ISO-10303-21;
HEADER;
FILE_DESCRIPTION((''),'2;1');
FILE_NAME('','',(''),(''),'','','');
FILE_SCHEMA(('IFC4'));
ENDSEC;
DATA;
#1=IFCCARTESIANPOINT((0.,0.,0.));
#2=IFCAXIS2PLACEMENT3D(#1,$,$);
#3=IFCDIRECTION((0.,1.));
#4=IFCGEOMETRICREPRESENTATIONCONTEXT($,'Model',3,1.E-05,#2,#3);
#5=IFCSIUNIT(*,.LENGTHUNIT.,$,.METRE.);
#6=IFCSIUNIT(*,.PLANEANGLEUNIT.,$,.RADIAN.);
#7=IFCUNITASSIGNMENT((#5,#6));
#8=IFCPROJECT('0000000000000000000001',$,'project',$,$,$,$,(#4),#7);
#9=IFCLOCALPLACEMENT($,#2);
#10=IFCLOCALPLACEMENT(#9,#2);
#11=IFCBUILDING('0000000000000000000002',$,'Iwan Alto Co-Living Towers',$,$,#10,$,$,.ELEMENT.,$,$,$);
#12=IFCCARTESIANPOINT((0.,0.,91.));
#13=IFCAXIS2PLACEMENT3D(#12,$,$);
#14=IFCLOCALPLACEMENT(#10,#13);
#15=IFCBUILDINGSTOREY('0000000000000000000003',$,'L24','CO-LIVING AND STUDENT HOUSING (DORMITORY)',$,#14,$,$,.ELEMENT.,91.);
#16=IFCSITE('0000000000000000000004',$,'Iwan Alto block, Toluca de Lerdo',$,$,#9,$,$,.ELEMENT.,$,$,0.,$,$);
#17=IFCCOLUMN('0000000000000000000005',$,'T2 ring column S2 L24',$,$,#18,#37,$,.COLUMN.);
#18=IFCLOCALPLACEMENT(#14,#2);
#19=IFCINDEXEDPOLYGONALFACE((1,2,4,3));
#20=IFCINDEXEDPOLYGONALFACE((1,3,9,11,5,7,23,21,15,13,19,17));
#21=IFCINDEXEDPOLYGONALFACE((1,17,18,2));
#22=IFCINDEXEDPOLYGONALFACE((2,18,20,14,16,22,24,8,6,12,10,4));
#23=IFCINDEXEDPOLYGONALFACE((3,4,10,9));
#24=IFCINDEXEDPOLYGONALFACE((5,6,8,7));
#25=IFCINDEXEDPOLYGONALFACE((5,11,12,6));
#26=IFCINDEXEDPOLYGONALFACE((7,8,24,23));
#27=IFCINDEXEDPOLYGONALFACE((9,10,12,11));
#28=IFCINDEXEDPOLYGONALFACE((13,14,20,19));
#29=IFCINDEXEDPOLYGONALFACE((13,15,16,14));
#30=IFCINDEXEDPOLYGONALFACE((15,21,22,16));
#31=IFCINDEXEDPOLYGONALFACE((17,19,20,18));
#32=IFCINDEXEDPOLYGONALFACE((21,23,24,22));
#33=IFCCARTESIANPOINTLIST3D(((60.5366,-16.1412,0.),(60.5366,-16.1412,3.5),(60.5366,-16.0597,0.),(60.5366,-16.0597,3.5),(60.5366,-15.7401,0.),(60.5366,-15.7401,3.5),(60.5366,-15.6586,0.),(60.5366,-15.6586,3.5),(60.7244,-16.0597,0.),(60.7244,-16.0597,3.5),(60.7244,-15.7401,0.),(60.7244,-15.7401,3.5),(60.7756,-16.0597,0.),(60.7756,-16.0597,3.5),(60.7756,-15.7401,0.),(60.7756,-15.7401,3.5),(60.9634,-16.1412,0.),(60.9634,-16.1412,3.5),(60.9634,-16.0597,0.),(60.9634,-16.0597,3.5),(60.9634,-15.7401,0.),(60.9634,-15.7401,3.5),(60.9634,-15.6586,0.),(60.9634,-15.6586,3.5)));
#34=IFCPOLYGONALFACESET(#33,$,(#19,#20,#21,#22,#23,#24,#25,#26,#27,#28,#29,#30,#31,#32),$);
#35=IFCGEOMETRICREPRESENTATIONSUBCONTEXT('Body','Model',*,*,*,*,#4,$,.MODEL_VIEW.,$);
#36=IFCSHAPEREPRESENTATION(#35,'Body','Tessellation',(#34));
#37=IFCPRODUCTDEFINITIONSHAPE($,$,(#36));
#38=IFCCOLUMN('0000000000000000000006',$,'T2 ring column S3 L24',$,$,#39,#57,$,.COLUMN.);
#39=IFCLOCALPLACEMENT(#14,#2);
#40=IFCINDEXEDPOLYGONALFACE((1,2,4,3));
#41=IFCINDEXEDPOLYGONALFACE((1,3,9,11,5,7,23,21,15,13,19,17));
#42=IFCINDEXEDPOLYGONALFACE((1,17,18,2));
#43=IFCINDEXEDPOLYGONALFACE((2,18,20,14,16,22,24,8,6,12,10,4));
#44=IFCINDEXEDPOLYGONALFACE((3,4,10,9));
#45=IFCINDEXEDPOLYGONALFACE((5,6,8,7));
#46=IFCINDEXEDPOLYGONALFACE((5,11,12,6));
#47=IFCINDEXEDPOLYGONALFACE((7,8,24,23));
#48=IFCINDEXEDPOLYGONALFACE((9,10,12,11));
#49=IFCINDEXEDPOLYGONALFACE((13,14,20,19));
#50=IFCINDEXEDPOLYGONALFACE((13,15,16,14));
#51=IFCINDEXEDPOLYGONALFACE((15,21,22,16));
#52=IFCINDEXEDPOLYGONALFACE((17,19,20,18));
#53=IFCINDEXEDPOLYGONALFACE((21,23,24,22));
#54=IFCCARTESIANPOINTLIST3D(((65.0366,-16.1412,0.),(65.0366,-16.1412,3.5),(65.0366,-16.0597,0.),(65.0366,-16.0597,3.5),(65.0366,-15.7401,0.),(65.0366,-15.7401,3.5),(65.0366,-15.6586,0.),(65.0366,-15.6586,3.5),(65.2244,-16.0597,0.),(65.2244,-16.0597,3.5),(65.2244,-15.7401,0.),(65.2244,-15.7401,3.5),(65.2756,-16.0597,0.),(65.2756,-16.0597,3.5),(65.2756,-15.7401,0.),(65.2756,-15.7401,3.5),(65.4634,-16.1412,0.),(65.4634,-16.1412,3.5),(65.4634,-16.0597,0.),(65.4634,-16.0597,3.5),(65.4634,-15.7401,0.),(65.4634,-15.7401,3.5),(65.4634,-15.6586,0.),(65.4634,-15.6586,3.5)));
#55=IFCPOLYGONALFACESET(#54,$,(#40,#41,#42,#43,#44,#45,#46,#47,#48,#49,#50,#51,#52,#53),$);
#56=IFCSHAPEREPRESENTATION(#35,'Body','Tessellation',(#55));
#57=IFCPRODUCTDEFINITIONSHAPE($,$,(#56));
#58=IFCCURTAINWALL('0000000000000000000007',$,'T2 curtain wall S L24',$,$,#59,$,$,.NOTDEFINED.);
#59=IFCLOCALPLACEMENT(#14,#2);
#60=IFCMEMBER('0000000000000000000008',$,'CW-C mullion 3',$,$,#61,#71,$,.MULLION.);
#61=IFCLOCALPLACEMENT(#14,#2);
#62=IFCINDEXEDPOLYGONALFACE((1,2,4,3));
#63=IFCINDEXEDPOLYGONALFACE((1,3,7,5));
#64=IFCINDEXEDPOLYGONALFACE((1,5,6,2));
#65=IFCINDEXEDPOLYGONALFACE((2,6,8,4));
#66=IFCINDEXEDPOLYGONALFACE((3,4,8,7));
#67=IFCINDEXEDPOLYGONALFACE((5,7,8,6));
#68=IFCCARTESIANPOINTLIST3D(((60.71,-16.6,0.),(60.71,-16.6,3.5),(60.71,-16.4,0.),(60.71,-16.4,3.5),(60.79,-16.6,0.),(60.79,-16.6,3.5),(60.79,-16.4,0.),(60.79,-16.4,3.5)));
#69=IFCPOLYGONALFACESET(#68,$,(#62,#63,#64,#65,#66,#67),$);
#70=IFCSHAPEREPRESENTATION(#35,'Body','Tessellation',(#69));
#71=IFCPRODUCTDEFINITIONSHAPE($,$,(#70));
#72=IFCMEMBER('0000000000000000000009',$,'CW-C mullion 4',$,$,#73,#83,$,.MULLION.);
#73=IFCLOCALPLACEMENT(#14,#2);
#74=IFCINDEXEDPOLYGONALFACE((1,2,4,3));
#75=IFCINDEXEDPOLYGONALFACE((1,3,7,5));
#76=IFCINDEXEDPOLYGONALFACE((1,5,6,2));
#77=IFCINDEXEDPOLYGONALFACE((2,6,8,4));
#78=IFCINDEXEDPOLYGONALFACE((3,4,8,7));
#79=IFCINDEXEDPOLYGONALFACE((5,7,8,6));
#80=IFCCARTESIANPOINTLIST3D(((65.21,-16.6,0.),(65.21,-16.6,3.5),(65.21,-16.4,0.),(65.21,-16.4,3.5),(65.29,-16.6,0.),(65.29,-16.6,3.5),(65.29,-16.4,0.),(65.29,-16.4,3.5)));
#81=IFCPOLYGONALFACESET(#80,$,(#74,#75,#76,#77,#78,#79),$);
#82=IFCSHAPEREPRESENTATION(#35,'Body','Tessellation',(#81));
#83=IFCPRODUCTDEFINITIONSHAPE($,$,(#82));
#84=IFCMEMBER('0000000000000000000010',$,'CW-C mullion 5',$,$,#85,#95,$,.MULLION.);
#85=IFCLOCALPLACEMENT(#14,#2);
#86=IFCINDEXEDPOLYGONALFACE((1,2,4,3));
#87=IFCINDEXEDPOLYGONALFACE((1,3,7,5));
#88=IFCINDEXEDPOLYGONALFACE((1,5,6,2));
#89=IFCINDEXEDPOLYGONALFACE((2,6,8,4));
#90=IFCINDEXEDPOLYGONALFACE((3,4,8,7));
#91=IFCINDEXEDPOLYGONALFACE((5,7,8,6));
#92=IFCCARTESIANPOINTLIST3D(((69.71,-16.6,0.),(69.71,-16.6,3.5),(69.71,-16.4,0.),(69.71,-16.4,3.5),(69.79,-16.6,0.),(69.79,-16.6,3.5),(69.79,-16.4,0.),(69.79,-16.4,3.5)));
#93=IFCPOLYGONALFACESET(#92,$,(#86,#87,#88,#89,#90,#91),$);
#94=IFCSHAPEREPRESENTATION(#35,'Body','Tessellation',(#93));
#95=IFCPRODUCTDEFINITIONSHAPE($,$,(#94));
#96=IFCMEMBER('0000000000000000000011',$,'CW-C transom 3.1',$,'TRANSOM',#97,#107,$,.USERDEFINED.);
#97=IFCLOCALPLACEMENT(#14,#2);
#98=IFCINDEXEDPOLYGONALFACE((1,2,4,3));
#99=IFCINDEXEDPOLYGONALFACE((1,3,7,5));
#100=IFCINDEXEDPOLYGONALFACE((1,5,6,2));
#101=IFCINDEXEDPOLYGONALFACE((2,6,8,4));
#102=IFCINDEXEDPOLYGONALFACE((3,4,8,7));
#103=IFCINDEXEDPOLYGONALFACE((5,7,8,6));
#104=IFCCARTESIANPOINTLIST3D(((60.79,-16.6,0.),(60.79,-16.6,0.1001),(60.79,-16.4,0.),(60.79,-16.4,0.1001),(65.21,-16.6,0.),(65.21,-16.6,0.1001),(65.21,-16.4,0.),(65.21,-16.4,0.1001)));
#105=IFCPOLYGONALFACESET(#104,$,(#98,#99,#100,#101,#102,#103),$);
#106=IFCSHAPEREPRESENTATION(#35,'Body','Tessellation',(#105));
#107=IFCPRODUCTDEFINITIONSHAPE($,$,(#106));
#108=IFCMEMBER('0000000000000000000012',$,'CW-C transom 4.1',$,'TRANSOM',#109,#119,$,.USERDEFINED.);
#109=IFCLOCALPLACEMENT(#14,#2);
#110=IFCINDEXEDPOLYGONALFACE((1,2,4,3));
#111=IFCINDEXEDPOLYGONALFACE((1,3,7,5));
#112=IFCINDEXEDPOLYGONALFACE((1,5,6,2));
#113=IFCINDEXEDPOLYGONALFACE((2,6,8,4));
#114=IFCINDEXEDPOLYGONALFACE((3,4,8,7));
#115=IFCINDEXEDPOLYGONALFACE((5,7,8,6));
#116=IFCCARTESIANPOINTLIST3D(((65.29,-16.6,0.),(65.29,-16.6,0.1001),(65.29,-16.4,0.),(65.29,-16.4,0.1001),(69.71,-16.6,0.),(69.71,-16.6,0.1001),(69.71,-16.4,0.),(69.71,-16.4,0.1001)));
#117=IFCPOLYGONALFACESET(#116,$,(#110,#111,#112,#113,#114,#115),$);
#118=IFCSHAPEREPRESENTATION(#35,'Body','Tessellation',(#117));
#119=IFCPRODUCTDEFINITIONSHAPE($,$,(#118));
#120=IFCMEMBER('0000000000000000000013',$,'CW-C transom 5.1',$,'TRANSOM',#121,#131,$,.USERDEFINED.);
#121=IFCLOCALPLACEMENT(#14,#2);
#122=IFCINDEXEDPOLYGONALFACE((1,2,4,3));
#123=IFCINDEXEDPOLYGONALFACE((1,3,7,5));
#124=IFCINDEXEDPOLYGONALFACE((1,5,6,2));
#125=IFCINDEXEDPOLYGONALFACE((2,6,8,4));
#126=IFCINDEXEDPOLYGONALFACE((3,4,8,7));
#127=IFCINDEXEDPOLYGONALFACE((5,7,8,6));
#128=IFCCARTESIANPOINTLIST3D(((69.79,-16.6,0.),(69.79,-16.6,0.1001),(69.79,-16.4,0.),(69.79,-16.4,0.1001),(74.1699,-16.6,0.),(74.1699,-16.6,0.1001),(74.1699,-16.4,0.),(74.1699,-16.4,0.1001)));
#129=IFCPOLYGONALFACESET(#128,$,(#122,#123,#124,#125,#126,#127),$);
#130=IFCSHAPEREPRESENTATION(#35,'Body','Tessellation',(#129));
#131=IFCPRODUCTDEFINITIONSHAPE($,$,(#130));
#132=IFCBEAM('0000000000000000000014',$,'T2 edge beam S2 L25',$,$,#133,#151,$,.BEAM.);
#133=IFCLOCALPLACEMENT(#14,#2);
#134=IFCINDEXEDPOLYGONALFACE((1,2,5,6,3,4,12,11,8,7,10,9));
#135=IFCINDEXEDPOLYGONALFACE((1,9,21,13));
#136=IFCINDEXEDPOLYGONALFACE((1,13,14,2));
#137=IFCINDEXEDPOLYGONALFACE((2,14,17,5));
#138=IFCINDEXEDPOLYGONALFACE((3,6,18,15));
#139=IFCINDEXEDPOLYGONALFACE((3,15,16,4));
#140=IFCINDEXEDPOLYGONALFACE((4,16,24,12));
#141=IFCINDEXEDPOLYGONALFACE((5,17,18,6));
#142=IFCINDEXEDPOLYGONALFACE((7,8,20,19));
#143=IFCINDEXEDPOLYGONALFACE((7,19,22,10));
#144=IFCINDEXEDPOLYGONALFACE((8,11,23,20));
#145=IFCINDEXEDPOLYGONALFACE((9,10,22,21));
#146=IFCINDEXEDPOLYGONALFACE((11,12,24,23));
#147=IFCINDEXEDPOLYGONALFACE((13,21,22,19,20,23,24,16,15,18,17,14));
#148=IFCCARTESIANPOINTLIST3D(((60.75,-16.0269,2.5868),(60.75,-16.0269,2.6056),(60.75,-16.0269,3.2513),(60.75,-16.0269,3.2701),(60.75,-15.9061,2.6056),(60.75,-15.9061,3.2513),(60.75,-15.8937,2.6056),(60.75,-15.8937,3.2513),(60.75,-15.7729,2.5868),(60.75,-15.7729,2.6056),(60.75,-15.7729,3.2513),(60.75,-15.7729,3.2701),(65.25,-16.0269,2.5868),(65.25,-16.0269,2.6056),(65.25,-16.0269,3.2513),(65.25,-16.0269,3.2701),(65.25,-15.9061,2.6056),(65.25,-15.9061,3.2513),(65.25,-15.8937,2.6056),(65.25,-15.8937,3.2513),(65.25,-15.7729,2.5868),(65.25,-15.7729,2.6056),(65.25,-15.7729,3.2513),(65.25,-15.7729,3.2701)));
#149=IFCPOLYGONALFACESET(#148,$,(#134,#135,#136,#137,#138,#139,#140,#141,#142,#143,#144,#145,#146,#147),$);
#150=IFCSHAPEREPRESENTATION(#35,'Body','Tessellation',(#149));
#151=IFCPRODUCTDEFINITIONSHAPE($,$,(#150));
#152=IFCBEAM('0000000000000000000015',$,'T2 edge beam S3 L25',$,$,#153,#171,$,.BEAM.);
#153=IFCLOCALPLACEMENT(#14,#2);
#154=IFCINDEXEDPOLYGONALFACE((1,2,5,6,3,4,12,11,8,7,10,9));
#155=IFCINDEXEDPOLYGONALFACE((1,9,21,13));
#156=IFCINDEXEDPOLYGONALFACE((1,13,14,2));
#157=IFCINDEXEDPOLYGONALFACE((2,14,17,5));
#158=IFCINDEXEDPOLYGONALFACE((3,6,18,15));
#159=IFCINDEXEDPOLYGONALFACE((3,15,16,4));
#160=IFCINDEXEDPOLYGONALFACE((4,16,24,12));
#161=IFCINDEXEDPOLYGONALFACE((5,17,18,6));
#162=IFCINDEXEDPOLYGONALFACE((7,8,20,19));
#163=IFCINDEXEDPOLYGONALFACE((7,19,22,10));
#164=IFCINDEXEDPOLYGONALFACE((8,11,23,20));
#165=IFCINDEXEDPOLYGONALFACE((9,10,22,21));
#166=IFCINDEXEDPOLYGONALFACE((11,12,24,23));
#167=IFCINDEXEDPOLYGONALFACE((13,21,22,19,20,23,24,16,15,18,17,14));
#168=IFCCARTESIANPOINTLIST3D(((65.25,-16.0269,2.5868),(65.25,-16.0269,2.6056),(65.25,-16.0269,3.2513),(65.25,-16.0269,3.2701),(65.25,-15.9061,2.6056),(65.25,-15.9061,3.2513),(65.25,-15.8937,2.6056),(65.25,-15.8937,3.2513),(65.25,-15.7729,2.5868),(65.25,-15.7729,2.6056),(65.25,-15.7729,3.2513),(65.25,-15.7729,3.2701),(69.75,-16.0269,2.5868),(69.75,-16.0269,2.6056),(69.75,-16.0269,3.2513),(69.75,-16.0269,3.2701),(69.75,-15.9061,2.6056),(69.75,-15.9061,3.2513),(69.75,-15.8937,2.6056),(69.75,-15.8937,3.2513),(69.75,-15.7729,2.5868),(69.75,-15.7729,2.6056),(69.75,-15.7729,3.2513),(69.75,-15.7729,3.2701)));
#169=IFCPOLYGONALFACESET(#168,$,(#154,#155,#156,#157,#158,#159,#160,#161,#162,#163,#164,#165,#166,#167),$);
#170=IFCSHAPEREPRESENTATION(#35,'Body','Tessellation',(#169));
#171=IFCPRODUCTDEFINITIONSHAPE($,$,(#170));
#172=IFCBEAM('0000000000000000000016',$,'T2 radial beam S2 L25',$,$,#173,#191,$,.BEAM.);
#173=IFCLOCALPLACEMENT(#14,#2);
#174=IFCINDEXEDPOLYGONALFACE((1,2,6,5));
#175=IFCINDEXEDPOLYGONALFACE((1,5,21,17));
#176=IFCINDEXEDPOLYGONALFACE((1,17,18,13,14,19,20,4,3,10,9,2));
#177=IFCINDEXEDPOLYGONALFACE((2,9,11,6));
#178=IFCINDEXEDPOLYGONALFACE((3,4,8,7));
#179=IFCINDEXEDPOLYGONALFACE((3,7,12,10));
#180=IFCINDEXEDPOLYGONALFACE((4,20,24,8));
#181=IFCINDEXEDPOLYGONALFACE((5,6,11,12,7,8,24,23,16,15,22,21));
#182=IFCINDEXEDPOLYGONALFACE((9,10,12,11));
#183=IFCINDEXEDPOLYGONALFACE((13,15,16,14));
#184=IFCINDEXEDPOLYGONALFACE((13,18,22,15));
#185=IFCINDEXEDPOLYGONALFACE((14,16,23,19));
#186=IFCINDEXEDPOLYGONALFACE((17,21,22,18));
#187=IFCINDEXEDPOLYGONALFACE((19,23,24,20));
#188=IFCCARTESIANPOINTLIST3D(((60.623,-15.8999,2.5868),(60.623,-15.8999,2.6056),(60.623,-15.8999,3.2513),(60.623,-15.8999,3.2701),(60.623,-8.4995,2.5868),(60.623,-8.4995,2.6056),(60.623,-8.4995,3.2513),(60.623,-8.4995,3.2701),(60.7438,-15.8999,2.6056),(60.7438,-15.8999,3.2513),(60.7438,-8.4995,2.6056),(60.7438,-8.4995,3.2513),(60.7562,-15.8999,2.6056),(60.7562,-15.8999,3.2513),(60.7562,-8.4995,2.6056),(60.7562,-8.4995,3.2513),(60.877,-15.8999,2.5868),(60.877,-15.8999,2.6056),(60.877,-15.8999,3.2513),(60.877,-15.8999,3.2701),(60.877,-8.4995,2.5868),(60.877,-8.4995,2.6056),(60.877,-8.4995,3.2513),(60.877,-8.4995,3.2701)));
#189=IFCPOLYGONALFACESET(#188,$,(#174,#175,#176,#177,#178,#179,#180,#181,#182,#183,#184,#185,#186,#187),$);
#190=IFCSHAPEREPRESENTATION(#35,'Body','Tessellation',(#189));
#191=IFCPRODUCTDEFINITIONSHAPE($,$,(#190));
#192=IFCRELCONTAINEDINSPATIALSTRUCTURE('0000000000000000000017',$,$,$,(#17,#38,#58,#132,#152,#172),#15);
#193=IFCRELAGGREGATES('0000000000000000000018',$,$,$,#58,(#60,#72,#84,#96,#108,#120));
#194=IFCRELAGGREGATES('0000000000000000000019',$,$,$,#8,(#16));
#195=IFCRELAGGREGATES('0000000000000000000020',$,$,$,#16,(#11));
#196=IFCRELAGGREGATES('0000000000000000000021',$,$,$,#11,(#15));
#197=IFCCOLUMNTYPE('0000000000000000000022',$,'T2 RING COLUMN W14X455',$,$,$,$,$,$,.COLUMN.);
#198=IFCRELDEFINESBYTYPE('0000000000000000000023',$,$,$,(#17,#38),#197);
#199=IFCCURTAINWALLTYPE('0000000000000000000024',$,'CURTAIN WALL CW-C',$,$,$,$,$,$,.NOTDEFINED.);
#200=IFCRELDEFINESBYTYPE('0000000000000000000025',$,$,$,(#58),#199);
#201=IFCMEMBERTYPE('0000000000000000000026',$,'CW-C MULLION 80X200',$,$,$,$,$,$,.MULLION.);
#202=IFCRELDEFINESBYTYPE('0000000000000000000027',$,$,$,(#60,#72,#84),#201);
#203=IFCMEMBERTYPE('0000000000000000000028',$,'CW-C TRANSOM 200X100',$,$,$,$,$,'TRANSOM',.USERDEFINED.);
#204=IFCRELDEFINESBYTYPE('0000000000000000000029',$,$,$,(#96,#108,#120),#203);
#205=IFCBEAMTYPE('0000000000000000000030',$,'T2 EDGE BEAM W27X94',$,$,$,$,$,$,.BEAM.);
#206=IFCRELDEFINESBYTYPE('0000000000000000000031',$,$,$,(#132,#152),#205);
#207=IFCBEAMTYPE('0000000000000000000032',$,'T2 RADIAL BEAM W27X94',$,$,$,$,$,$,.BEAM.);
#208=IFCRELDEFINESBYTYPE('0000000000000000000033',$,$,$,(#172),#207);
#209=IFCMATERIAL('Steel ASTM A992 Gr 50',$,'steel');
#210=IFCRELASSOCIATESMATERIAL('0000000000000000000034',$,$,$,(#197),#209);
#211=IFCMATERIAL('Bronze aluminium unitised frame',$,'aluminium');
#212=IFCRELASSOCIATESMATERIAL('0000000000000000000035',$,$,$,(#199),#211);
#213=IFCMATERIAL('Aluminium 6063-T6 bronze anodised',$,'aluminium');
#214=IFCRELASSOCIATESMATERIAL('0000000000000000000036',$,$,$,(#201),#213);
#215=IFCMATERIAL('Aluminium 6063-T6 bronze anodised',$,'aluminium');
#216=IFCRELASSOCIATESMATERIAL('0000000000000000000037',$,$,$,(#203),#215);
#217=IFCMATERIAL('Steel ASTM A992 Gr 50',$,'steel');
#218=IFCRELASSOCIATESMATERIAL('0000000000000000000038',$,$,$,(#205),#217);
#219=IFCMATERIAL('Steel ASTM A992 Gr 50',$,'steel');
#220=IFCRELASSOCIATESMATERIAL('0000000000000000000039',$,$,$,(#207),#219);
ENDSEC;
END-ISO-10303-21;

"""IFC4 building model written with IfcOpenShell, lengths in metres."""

from ifc_helpers import new_model, si_unit, direction, frame, origin, origin_2d, place, context, subcontext, project, spatial, rectangle, i_section, extrude, material, material_profile, profile_set, type_object, element, aggregate, save


model = new_model("IFC4")

# Units and contexts
model_context = context("Model", 3, precision=1e-05, world=origin(), true_north=direction((0.0, 1.0)))
body_context = subcontext(model_context, "Body", "Model", "MODEL_VIEW")
ifc_project = project(units=[si_unit("LENGTHUNIT", "METRE"), si_unit("PLANEANGLEUNIT", "RADIAN")], contexts=[model_context])

# Site, building, storey
site_placement = place(None, origin())
site = spatial("IfcSite", under=ifc_project, at=site_placement, Name="Iwan Alto block, Toluca de Lerdo", CompositionType="ELEMENT", RefElevation=0.0)
building_placement = place(site_placement, origin())
building = spatial("IfcBuilding", under=site, at=building_placement, Name="Iwan Alto Co-Living Towers", CompositionType="ELEMENT")
storey_placement = place(building_placement, frame((0.0, 0.0, 91.0)))
storey = spatial("IfcBuildingStorey", under=building, at=storey_placement, Name="L24", Description="CO-LIVING AND STUDENT HOUSING (DORMITORY)", CompositionType="ELEMENT", Elevation=91.0)

# Columns
ifc_material_1 = material(Name="Steel ASTM A992 Gr 50", Category="steel")
ifc_material_profile_1 = material_profile(ifc_material_1, i_section(OverallWidth=0.4268, OverallDepth=0.4827, WebThickness=0.0513, FlangeThickness=0.0815, at=origin_2d()), Name="W14X455")
ifc_profile_set_1 = profile_set([ifc_material_profile_1], Name="Steel ASTM A992 Gr 50")
column_type = type_object("IfcColumnType", Name="T2 RING COLUMN W14X455", PredefinedType="COLUMN", material=ifc_profile_set_1)
for number, where, z_axis, x_axis, name in (
    (1, (60.75, -15.8999, 0.0), (0.0, 0.0, 1.0), (1.0, 0.0, 0.0), "T2 ring column S2 L24"),
    (2, (65.25, -15.8999, 0.0), (0.0, 0.0, 1.0), (1.0, 0.0, 0.0), "T2 ring column S3 L24"),
):
    element("IfcColumn", number, at=place(storey_placement, frame(where, z_axis=z_axis, x_axis=x_axis)), inside=storey, type_object=column_type, Name=name, PredefinedType="COLUMN", context=body_context, shape_type="SweptSolid", body=[
        extrude(i_section(OverallWidth=0.4268, OverallDepth=0.4827, WebThickness=0.0513, FlangeThickness=0.0815, at=origin_2d()), origin(), (0.0, 0.0, 1.0), 3.5),
    ])

# Curtain wall, members
ifc_material_2 = material(Name="Bronze aluminium unitised frame", Category="aluminium")
curtain_wall_type = type_object("IfcCurtainWallType", Name="CURTAIN WALL CW-C", PredefinedType="NOTDEFINED", material=ifc_material_2)
curtain_wall_placement = place(storey_placement, origin())
curtain_wall = element("IfcCurtainWall", 3, at=curtain_wall_placement, inside=storey, type_object=curtain_wall_type, Name="T2 curtain wall S L24", PredefinedType="NOTDEFINED")
ifc_material_3 = material(Name="Aluminium 6063-T6 bronze anodised", Category="aluminium")
ifc_material_profile_2 = material_profile(ifc_material_3, rectangle(XDim=0.2, YDim=0.0801, at=origin_2d()), Name="AL 80X200")
ifc_profile_set_2 = profile_set([ifc_material_profile_2], Name="Aluminium 6063-T6 bronze anodised")
member_type_1 = type_object("IfcMemberType", Name="CW-C MULLION 80X200", PredefinedType="MULLION", material=ifc_profile_set_2)
member_1_placement = place(storey_placement, frame((60.75, -16.5, 0.0), z_axis=(0.0, 0.0, 1.0), x_axis=(0.0, 1.0, 0.0)))
member_1 = element("IfcMember", 4, at=member_1_placement, type_object=member_type_1, Name="CW-C mullion 3", PredefinedType="MULLION", context=body_context, shape_type="SweptSolid", body=[
    extrude(rectangle(XDim=0.2, YDim=0.0801, at=origin_2d()), origin(), (0.0, 0.0, 1.0), 3.5),
])
member_2_placement = place(storey_placement, frame((65.25, -16.5, 0.0), z_axis=(0.0, 0.0, 1.0), x_axis=(0.0, 1.0, 0.0)))
member_2 = element("IfcMember", 5, at=member_2_placement, type_object=member_type_1, Name="CW-C mullion 4", PredefinedType="MULLION", context=body_context, shape_type="SweptSolid", body=[
    extrude(rectangle(XDim=0.2, YDim=0.0801, at=origin_2d()), origin(), (0.0, 0.0, 1.0), 3.5),
])
member_3_placement = place(storey_placement, frame((69.75, -16.5, 0.0), z_axis=(0.0, 0.0, 1.0), x_axis=(0.0, 1.0, 0.0)))
member_3 = element("IfcMember", 6, at=member_3_placement, type_object=member_type_1, Name="CW-C mullion 5", PredefinedType="MULLION", context=body_context, shape_type="SweptSolid", body=[
    extrude(rectangle(XDim=0.2, YDim=0.0801, at=origin_2d()), origin(), (0.0, 0.0, 1.0), 3.5),
])
ifc_material_4 = material(Name="Aluminium 6063-T6 bronze anodised", Category="aluminium")
ifc_material_profile_3 = material_profile(ifc_material_4, rectangle(XDim=0.2, YDim=0.1001, at=origin_2d()), Name="AL 200X100")
ifc_profile_set_3 = profile_set([ifc_material_profile_3], Name="Aluminium 6063-T6 bronze anodised")
member_type_2 = type_object("IfcMemberType", Name="CW-C TRANSOM 200X100", ElementType="TRANSOM", PredefinedType="USERDEFINED", material=ifc_profile_set_3)
member_4_placement = place(storey_placement, frame((60.79, -16.5, 0.05), z_axis=(1.0, 0.0, 0.0), x_axis=(0.0, 1.0, 0.0)))
member_4 = element("IfcMember", 7, at=member_4_placement, type_object=member_type_2, Name="CW-C transom 3.1", ObjectType="TRANSOM", PredefinedType="USERDEFINED", context=body_context, shape_type="SweptSolid", body=[
    extrude(rectangle(XDim=0.2, YDim=0.1001, at=origin_2d()), origin(), (0.0, 0.0, 1.0), 4.4199),
])
member_5_placement = place(storey_placement, frame((65.29, -16.5, 0.05), z_axis=(1.0, 0.0, 0.0), x_axis=(0.0, 1.0, 0.0)))
member_5 = element("IfcMember", 8, at=member_5_placement, type_object=member_type_2, Name="CW-C transom 4.1", ObjectType="TRANSOM", PredefinedType="USERDEFINED", context=body_context, shape_type="SweptSolid", body=[
    extrude(rectangle(XDim=0.2, YDim=0.1001, at=origin_2d()), origin(), (0.0, 0.0, 1.0), 4.4199),
])
member_6_placement = place(storey_placement, frame((69.79, -16.5, 0.05), z_axis=(1.0, 0.0, 0.0), x_axis=(0.0, 1.0, 0.0)))
member_6 = element("IfcMember", 9, at=member_6_placement, type_object=member_type_2, Name="CW-C transom 5.1", ObjectType="TRANSOM", PredefinedType="USERDEFINED", context=body_context, shape_type="SweptSolid", body=[
    extrude(rectangle(XDim=0.2, YDim=0.1001, at=origin_2d()), origin(), (0.0, 0.0, 1.0), 4.3799),
])

# Beams
ifc_material_5 = material(Name="Steel ASTM A992 Gr 50", Category="steel")
ifc_material_profile_4 = material_profile(ifc_material_5, i_section(OverallWidth=0.2539, OverallDepth=0.6833, WebThickness=0.0125, FlangeThickness=0.0188, at=origin_2d()), Name="W27X94")
ifc_profile_set_4 = profile_set([ifc_material_profile_4], Name="Steel ASTM A992 Gr 50")
beam_type_1 = type_object("IfcBeamType", Name="T2 EDGE BEAM W27X94", PredefinedType="BEAM", material=ifc_profile_set_4)
for number, where, z_axis, x_axis, name in (
    (10, (60.75, -15.8999, 2.9285), (1.0, 0.0, 0.0), (0.0, 1.0, 0.0), "T2 edge beam S2 L25"),
    (11, (65.25, -15.8999, 2.9285), (1.0, 0.0, 0.0), (0.0, 1.0, 0.0), "T2 edge beam S3 L25"),
):
    element("IfcBeam", number, at=place(storey_placement, frame(where, z_axis=z_axis, x_axis=x_axis)), inside=storey, type_object=beam_type_1, Name=name, PredefinedType="BEAM", context=body_context, shape_type="SweptSolid", body=[
        extrude(i_section(OverallWidth=0.2539, OverallDepth=0.6833, WebThickness=0.0125, FlangeThickness=0.0188, at=origin_2d()), origin(), (0.0, 0.0, 1.0), 4.5),
    ])
ifc_material_6 = material(Name="Steel ASTM A992 Gr 50", Category="steel")
ifc_material_profile_5 = material_profile(ifc_material_6, i_section(OverallWidth=0.2539, OverallDepth=0.6833, WebThickness=0.0125, FlangeThickness=0.0188, at=origin_2d()), Name="W27X94")
ifc_profile_set_5 = profile_set([ifc_material_profile_5], Name="Steel ASTM A992 Gr 50")
beam_type_2 = type_object("IfcBeamType", Name="T2 RADIAL BEAM W27X94", PredefinedType="BEAM", material=ifc_profile_set_5)
beam_placement = place(storey_placement, frame((60.75, -15.8999, 2.9285), z_axis=(0.0, 1.0, 0.0), x_axis=(-1.0, 0.0, 0.0)))
element("IfcBeam", 12, at=beam_placement, inside=storey, type_object=beam_type_2, Name="T2 radial beam S2 L25", PredefinedType="BEAM", context=body_context, shape_type="SweptSolid", body=[
    extrude(i_section(OverallWidth=0.2539, OverallDepth=0.6833, WebThickness=0.0125, FlangeThickness=0.0188, at=origin_2d()), origin(), (0.0, 0.0, 1.0), 7.4004),
])

aggregate(curtain_wall, [member_1, member_2, member_3, member_4, member_5, member_6])

save(model, "model.ifc")
